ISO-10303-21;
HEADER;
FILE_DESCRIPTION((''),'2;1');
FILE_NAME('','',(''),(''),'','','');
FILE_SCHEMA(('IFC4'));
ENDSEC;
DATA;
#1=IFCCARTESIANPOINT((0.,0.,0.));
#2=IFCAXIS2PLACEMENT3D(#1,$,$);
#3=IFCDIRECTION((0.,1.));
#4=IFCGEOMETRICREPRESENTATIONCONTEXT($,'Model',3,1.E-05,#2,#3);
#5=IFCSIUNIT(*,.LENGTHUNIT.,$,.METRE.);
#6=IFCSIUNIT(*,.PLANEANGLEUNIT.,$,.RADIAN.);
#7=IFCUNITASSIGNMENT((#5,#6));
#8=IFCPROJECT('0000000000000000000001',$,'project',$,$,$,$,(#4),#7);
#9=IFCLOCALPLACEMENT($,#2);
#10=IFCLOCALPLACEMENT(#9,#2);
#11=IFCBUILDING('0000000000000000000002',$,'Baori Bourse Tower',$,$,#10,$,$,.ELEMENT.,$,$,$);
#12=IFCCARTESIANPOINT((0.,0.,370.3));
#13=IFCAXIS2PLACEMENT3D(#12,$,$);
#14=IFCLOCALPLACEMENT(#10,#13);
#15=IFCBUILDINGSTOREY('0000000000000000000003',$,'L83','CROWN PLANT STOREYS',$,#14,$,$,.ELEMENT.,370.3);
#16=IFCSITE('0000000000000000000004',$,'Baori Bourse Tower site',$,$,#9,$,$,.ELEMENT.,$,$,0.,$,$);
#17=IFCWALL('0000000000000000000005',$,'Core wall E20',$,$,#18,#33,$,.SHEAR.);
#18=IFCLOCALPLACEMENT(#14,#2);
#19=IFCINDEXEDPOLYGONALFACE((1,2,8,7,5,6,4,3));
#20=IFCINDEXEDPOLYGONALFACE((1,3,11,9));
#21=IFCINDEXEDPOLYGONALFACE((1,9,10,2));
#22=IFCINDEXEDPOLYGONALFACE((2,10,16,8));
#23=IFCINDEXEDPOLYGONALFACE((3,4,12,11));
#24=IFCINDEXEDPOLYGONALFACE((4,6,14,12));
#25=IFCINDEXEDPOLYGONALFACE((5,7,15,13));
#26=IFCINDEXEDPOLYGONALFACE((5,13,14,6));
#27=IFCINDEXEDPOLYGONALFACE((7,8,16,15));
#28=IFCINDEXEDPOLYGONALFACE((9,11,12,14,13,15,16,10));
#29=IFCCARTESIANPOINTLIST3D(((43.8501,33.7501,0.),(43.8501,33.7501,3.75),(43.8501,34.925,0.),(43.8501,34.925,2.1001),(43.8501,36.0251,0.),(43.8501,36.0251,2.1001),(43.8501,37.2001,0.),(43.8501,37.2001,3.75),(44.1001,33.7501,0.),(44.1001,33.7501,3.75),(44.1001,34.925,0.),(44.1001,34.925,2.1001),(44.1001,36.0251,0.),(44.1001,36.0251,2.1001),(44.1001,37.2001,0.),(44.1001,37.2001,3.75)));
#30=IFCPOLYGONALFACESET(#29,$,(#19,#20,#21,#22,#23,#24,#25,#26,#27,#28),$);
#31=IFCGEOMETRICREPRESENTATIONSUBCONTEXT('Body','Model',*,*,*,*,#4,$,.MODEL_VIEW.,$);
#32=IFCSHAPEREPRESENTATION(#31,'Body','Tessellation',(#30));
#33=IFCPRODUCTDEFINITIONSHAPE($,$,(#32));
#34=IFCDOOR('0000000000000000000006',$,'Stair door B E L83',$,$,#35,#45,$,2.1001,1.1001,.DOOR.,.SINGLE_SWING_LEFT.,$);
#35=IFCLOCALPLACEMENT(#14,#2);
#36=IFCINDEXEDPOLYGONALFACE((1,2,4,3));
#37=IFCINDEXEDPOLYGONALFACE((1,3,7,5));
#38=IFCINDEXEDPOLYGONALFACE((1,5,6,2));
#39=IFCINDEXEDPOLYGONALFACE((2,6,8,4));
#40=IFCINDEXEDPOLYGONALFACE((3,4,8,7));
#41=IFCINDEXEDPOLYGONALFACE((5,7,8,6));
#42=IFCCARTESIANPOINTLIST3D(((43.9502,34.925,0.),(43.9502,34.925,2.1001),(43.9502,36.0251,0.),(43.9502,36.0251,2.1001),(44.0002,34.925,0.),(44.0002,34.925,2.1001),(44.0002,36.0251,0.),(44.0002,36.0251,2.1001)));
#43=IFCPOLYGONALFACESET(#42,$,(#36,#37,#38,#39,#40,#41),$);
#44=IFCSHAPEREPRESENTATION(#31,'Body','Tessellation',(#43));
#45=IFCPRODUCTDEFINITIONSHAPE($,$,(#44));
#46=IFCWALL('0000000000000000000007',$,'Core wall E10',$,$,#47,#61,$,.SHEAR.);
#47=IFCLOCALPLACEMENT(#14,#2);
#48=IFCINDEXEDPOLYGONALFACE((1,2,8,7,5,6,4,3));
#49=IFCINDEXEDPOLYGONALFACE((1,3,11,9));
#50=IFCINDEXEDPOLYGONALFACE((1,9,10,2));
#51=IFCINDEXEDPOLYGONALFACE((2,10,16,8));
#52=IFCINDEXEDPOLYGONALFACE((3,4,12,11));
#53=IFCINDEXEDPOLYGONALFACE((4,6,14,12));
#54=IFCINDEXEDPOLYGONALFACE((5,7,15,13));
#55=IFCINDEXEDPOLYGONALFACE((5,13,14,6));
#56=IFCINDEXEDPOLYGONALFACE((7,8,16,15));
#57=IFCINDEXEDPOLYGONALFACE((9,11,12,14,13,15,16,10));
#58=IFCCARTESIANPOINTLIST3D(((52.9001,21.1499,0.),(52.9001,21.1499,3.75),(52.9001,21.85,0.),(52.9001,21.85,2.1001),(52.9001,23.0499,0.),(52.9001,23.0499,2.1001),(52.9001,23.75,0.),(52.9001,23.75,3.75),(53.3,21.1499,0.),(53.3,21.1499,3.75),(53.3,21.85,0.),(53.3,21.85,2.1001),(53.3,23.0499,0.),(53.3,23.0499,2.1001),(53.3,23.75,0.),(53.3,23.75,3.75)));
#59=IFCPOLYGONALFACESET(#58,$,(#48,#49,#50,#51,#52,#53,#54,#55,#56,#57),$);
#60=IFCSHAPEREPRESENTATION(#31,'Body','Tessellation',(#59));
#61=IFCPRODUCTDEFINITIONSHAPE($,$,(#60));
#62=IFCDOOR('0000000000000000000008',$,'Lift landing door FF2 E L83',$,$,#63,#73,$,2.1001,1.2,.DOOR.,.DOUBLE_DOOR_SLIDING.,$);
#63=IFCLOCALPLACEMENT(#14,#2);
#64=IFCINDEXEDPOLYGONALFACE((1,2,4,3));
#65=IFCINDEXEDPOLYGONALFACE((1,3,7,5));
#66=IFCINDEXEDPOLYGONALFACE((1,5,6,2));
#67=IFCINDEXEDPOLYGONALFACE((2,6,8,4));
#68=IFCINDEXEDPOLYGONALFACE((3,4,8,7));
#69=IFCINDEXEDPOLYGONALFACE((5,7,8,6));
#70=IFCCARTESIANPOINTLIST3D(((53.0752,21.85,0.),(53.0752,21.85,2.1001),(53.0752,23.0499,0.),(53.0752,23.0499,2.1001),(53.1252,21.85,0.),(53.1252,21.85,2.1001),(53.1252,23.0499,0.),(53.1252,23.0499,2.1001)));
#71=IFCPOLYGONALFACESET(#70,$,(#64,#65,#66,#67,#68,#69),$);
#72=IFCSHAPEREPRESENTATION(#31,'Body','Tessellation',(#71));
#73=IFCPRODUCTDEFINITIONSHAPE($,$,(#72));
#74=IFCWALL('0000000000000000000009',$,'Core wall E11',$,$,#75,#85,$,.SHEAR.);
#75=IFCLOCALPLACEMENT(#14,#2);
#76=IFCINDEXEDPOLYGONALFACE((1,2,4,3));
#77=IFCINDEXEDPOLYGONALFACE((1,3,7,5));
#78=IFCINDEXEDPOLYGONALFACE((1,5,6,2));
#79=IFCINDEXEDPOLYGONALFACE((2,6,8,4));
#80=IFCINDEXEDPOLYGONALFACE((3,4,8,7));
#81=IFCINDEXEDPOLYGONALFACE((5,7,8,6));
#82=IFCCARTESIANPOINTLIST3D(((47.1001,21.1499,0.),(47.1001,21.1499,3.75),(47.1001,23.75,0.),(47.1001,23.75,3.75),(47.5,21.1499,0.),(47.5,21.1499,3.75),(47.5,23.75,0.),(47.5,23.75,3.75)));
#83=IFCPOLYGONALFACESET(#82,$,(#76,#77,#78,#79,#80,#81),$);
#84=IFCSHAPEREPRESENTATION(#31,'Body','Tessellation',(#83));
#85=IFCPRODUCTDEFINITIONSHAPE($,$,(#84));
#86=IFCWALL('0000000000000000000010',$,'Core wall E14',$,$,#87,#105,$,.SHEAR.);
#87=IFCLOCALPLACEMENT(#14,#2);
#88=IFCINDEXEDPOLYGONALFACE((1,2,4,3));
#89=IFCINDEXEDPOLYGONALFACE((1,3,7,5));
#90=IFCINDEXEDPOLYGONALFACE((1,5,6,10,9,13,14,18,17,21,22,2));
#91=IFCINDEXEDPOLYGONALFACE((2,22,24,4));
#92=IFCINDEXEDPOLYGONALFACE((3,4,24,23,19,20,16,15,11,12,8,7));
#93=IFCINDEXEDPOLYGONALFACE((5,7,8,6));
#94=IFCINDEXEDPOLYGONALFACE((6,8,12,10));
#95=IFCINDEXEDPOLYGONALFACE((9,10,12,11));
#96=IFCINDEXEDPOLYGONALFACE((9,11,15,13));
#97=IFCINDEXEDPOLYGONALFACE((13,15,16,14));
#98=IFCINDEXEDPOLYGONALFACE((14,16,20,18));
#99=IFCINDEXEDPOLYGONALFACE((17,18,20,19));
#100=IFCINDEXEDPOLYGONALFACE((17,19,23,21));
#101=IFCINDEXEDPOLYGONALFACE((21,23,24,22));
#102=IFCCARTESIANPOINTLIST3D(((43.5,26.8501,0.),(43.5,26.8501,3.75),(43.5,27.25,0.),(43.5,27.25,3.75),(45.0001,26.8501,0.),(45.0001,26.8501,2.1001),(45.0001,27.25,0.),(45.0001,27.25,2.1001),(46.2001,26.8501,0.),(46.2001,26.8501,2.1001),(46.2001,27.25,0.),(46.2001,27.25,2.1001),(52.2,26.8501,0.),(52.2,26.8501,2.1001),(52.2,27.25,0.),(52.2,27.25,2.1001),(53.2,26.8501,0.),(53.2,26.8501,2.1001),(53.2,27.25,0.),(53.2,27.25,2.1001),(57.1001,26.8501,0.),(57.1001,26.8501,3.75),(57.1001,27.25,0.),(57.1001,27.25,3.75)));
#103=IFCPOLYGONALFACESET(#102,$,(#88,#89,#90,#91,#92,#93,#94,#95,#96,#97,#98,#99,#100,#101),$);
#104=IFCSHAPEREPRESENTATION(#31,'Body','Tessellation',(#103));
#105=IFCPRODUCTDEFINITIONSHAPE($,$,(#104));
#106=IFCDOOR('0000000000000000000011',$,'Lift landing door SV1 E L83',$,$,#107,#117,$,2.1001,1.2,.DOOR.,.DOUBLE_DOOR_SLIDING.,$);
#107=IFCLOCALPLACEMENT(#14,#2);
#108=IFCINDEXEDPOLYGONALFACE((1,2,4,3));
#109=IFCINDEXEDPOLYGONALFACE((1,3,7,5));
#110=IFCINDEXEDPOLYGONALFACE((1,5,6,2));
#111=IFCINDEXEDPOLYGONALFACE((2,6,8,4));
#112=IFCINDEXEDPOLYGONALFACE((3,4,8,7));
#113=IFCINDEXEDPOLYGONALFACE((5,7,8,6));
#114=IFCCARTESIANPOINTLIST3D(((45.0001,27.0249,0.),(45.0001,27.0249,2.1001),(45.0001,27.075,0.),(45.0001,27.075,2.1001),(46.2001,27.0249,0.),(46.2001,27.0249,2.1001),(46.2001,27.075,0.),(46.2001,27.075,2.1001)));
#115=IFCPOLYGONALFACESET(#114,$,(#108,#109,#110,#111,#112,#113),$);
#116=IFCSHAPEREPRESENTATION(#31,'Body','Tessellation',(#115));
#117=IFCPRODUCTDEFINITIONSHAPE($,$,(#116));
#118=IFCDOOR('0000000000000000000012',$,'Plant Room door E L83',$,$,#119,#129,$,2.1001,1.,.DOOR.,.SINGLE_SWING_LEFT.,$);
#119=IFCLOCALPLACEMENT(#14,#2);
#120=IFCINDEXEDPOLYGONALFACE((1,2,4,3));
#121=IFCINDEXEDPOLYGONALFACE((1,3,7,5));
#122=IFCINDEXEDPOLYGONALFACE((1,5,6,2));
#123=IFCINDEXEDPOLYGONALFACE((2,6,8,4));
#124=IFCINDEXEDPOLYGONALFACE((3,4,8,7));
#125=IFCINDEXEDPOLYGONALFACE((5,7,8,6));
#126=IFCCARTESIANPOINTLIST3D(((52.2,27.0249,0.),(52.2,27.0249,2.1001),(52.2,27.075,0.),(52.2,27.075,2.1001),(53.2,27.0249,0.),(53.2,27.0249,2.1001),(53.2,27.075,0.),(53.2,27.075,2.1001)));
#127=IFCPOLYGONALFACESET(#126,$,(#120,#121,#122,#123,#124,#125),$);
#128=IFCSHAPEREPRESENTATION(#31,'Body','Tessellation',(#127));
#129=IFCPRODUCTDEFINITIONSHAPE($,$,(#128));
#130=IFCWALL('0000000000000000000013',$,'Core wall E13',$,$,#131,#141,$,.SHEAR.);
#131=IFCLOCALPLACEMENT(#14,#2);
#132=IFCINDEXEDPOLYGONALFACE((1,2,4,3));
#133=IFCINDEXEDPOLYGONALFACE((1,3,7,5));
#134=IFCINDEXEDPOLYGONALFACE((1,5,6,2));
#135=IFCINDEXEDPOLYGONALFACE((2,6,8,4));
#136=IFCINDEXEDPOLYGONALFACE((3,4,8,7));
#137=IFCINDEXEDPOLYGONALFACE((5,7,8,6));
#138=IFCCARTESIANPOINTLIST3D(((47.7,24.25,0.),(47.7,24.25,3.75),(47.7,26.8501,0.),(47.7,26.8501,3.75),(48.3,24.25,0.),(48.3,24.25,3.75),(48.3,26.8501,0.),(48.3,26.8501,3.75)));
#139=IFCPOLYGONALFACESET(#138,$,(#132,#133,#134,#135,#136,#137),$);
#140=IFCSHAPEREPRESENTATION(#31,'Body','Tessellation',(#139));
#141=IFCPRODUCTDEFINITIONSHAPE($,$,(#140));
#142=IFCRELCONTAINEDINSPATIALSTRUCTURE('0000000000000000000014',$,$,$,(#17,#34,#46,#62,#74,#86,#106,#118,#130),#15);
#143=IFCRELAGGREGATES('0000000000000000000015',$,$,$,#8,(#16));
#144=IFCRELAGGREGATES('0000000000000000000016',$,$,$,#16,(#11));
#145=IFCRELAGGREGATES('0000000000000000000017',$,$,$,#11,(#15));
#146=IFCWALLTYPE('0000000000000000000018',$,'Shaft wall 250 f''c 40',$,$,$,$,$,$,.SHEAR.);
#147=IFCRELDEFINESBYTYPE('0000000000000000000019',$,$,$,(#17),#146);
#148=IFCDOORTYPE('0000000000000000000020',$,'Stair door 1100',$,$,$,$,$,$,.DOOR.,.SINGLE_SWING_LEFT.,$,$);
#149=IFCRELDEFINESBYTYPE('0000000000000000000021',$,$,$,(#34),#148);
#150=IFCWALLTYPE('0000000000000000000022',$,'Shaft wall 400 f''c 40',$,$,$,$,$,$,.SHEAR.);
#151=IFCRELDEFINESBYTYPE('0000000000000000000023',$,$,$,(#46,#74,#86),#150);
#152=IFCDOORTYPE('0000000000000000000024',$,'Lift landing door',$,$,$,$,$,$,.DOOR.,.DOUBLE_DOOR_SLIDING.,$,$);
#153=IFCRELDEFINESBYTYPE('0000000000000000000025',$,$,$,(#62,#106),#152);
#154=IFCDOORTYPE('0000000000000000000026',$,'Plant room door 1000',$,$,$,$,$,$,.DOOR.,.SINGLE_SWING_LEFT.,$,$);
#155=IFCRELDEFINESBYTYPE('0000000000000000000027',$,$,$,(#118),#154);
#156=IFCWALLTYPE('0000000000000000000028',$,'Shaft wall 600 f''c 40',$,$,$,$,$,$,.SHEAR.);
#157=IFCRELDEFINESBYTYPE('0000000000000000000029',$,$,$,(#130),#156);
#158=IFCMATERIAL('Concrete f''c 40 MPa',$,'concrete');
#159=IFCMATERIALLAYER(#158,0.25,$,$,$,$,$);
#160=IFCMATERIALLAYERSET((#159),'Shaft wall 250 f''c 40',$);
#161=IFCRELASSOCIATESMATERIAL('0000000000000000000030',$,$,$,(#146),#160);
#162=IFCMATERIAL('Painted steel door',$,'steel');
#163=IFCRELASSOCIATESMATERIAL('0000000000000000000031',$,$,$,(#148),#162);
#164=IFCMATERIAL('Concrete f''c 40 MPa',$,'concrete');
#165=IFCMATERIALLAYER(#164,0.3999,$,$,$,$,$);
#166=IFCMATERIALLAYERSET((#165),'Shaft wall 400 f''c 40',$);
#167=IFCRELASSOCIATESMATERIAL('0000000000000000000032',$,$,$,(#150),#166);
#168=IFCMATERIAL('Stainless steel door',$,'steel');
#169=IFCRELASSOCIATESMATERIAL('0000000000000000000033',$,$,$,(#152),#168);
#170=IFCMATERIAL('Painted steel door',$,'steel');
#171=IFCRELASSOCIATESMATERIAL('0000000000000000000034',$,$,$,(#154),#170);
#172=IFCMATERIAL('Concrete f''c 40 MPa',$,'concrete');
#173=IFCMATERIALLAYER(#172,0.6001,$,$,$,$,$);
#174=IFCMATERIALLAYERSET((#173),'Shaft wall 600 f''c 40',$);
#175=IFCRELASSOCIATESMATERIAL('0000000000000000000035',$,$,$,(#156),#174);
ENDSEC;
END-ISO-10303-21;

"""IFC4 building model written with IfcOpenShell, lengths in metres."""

from ifc_helpers import new_model, si_unit, direction, frame, frame_2d, origin, place, context, subcontext, project, spatial, rectangle, extrude, material, layer, layer_set, type_object, element, fill, save


model = new_model("IFC4")

# Units and contexts
model_context = context("Model", 3, precision=1e-05, world=origin(), true_north=direction((0.0, 1.0)))
body_context = subcontext(model_context, "Body", "Model", "MODEL_VIEW")
ifc_project = project(units=[si_unit("LENGTHUNIT", "METRE"), si_unit("PLANEANGLEUNIT", "RADIAN")], contexts=[model_context])

# Site, building, storey
site_placement = place(None, origin())
site = spatial("IfcSite", under=ifc_project, at=site_placement, Name="Baori Bourse Tower site", CompositionType="ELEMENT", RefElevation=0.0)
building_placement = place(site_placement, origin())
building = spatial("IfcBuilding", under=site, at=building_placement, Name="Baori Bourse Tower", CompositionType="ELEMENT")
storey_placement = place(building_placement, frame((0.0, 0.0, 370.3)))
storey = spatial("IfcBuildingStorey", under=building, at=storey_placement, Name="L83", Description="CROWN PLANT STOREYS", CompositionType="ELEMENT", Elevation=370.3)

# Walls, openings, doors
ifc_material_1 = material(Name="Concrete f'c 40 MPa", Category="concrete")
ifc_layer_1 = layer(ifc_material_1, 0.25)
ifc_layer_set_1 = layer_set([ifc_layer_1], Name="Shaft wall 250 f'c 40")
wall_type_1 = type_object("IfcWallType", Name="Shaft wall 250 f'c 40", PredefinedType="SHEAR", material=ifc_layer_set_1)
wall_1_placement = place(storey_placement, frame((43.9751, 33.75, 0.0), z_axis=(0.0, 0.0, 1.0), x_axis=(0.0, 1.0, 0.0)))
wall_1 = element("IfcWall", 1, at=wall_1_placement, inside=storey, type_object=wall_type_1, Name="Core wall E20", PredefinedType="SHEAR", context=body_context, shape_type="SweptSolid", body=[
    extrude(rectangle(XDim=3.45, YDim=0.25, at=frame_2d((1.7251, 0.0))), origin(), (0.0, 0.0, 1.0), 3.75),
])
opening_1_placement = place(wall_1_placement, frame((1.175, 0.0, 0.0)))
opening_1 = element("IfcOpeningElement", 2, at=opening_1_placement, cuts=wall_1, PredefinedType="OPENING", context=body_context, shape_type="SweptSolid", body=[
    extrude(rectangle(XDim=1.1001, YDim=2.1001, at=frame_2d((0.55, 1.05))), frame((0.0, 0.135, 0.0), z_axis=(0.0, -1.0, 0.0), x_axis=(1.0, 0.0, 0.0)), (0.0, 0.0, 1.0), 0.27),
])
ifc_material_2 = material(Name="Painted steel door", Category="steel")
door_type_1 = type_object("IfcDoorType", Name="Stair door 1100", OperationType="SINGLE_SWING_LEFT", PredefinedType="DOOR", material=ifc_material_2)
door_1_placement = place(opening_1_placement, origin())
door_1 = element("IfcDoor", 3, at=door_1_placement, inside=storey, type_object=door_type_1, Name="Stair door B E L83", OperationType="SINGLE_SWING_LEFT", OverallHeight=2.1001, OverallWidth=1.1001, PredefinedType="DOOR", context=body_context, shape_type="SweptSolid", body=[
    extrude(rectangle(XDim=1.1001, YDim=2.1001, at=frame_2d((0.55, 1.05))), frame((0.0, 0.0249, 0.0), z_axis=(0.0, -1.0, 0.0), x_axis=(1.0, 0.0, 0.0)), (0.0, 0.0, 1.0), 0.05),
])
fill(opening_1, door_1)
ifc_material_3 = material(Name="Concrete f'c 40 MPa", Category="concrete")
ifc_layer_2 = layer(ifc_material_3, 0.3999)
ifc_layer_set_2 = layer_set([ifc_layer_2], Name="Shaft wall 400 f'c 40")
wall_type_2 = type_object("IfcWallType", Name="Shaft wall 400 f'c 40", PredefinedType="SHEAR", material=ifc_layer_set_2)
wall_2_placement = place(storey_placement, frame((53.1001, 21.1499, 0.0), z_axis=(0.0, 0.0, 1.0), x_axis=(0.0, 1.0, 0.0)))
wall_2 = element("IfcWall", 4, at=wall_2_placement, inside=storey, type_object=wall_type_2, Name="Core wall E10", PredefinedType="SHEAR", context=body_context, shape_type="SweptSolid", body=[
    extrude(rectangle(XDim=2.6001, YDim=0.3999, at=frame_2d((1.3, 0.0))), origin(), (0.0, 0.0, 1.0), 3.75),
])
opening_2_placement = place(wall_2_placement, frame((0.7, 0.0, 0.0)))
opening_2 = element("IfcOpeningElement", 5, at=opening_2_placement, cuts=wall_2, PredefinedType="OPENING", context=body_context, shape_type="SweptSolid", body=[
    extrude(rectangle(XDim=1.2, YDim=2.1001, at=frame_2d((0.6001, 1.05))), frame((0.0, 0.21, 0.0), z_axis=(0.0, -1.0, 0.0), x_axis=(1.0, 0.0, 0.0)), (0.0, 0.0, 1.0), 0.4199),
])
ifc_material_4 = material(Name="Stainless steel door", Category="steel")
door_type_2 = type_object("IfcDoorType", Name="Lift landing door", OperationType="DOUBLE_DOOR_SLIDING", PredefinedType="DOOR", material=ifc_material_4)
door_2_placement = place(opening_2_placement, origin())
door_2 = element("IfcDoor", 6, at=door_2_placement, inside=storey, type_object=door_type_2, Name="Lift landing door FF2 E L83", OperationType="DOUBLE_DOOR_SLIDING", OverallHeight=2.1001, OverallWidth=1.2, PredefinedType="DOOR", context=body_context, shape_type="SweptSolid", body=[
    extrude(rectangle(XDim=1.2, YDim=2.1001, at=frame_2d((0.6001, 1.05))), frame((0.0, 0.0249, 0.0), z_axis=(0.0, -1.0, 0.0), x_axis=(1.0, 0.0, 0.0)), (0.0, 0.0, 1.0), 0.05),
])
fill(opening_2, door_2)

# Wall
wall_3_placement = place(storey_placement, frame((47.3, 21.1499, 0.0), z_axis=(0.0, 0.0, 1.0), x_axis=(0.0, 1.0, 0.0)))
element("IfcWall", 7, at=wall_3_placement, inside=storey, type_object=wall_type_2, Name="Core wall E11", PredefinedType="SHEAR", context=body_context, shape_type="SweptSolid", body=[
    extrude(rectangle(XDim=2.6001, YDim=0.3999, at=frame_2d((1.3, 0.0))), origin(), (0.0, 0.0, 1.0), 3.75),
])

# Wall, openings, doors
wall_4_placement = place(storey_placement, frame((43.5, 27.05, 0.0), z_axis=(0.0, 0.0, 1.0), x_axis=(1.0, 0.0, 0.0)))
wall_4 = element("IfcWall", 8, at=wall_4_placement, inside=storey, type_object=wall_type_2, Name="Core wall E14", PredefinedType="SHEAR", context=body_context, shape_type="SweptSolid", body=[
    extrude(rectangle(XDim=13.6001, YDim=0.3999, at=frame_2d((6.8, 0.0))), origin(), (0.0, 0.0, 1.0), 3.75),
])
opening_3_placement = place(wall_4_placement, frame((8.7, 0.0, 0.0)))
opening_3 = element("IfcOpeningElement", 9, at=opening_3_placement, cuts=wall_4, PredefinedType="OPENING", context=body_context, shape_type="SweptSolid", body=[
    extrude(rectangle(XDim=1.0, YDim=2.1001, at=frame_2d((0.5, 1.05))), frame((0.0, 0.21, 0.0), z_axis=(0.0, -1.0, 0.0), x_axis=(1.0, 0.0, 0.0)), (0.0, 0.0, 1.0), 0.4199),
])
opening_4_placement = place(wall_4_placement, frame((1.5, 0.0, 0.0)))
opening_4 = element("IfcOpeningElement", 10, at=opening_4_placement, cuts=wall_4, PredefinedType="OPENING", context=body_context, shape_type="SweptSolid", body=[
    extrude(rectangle(XDim=1.2, YDim=2.1001, at=frame_2d((0.6001, 1.05))), frame((0.0, 0.21, 0.0), z_axis=(0.0, -1.0, 0.0), x_axis=(1.0, 0.0, 0.0)), (0.0, 0.0, 1.0), 0.4199),
])
door_3_placement = place(opening_4_placement, origin())
door_3 = element("IfcDoor", 11, at=door_3_placement, inside=storey, type_object=door_type_2, Name="Lift landing door SV1 E L83", OperationType="DOUBLE_DOOR_SLIDING", OverallHeight=2.1001, OverallWidth=1.2, PredefinedType="DOOR", context=body_context, shape_type="SweptSolid", body=[
    extrude(rectangle(XDim=1.2, YDim=2.1001, at=frame_2d((0.6001, 1.05))), frame((0.0, 0.0249, 0.0), z_axis=(0.0, -1.0, 0.0), x_axis=(1.0, 0.0, 0.0)), (0.0, 0.0, 1.0), 0.05),
])
fill(opening_4, door_3)
ifc_material_5 = material(Name="Painted steel door", Category="steel")
door_type_3 = type_object("IfcDoorType", Name="Plant room door 1000", OperationType="SINGLE_SWING_LEFT", PredefinedType="DOOR", material=ifc_material_5)
door_4_placement = place(opening_3_placement, origin())
door_4 = element("IfcDoor", 12, at=door_4_placement, inside=storey, type_object=door_type_3, Name="Plant Room door E L83", OperationType="SINGLE_SWING_LEFT", OverallHeight=2.1001, OverallWidth=1.0, PredefinedType="DOOR", context=body_context, shape_type="SweptSolid", body=[
    extrude(rectangle(XDim=1.0, YDim=2.1001, at=frame_2d((0.5, 1.05))), frame((0.0, 0.0249, 0.0), z_axis=(0.0, -1.0, 0.0), x_axis=(1.0, 0.0, 0.0)), (0.0, 0.0, 1.0), 0.05),
])
fill(opening_3, door_4)

# Wall
ifc_material_6 = material(Name="Concrete f'c 40 MPa", Category="concrete")
ifc_layer_3 = layer(ifc_material_6, 0.6001)
ifc_layer_set_3 = layer_set([ifc_layer_3], Name="Shaft wall 600 f'c 40")
wall_type_3 = type_object("IfcWallType", Name="Shaft wall 600 f'c 40", PredefinedType="SHEAR", material=ifc_layer_set_3)
wall_5_placement = place(storey_placement, frame((48.0, 24.25, 0.0), z_axis=(0.0, 0.0, 1.0), x_axis=(0.0, 1.0, 0.0)))
element("IfcWall", 13, at=wall_5_placement, inside=storey, type_object=wall_type_3, Name="Core wall E13", PredefinedType="SHEAR", context=body_context, shape_type="SweptSolid", body=[
    extrude(rectangle(XDim=2.6001, YDim=0.6001, at=frame_2d((1.3, 0.0))), origin(), (0.0, 0.0, 1.0), 3.75),
])

save(model, "model.ifc")
